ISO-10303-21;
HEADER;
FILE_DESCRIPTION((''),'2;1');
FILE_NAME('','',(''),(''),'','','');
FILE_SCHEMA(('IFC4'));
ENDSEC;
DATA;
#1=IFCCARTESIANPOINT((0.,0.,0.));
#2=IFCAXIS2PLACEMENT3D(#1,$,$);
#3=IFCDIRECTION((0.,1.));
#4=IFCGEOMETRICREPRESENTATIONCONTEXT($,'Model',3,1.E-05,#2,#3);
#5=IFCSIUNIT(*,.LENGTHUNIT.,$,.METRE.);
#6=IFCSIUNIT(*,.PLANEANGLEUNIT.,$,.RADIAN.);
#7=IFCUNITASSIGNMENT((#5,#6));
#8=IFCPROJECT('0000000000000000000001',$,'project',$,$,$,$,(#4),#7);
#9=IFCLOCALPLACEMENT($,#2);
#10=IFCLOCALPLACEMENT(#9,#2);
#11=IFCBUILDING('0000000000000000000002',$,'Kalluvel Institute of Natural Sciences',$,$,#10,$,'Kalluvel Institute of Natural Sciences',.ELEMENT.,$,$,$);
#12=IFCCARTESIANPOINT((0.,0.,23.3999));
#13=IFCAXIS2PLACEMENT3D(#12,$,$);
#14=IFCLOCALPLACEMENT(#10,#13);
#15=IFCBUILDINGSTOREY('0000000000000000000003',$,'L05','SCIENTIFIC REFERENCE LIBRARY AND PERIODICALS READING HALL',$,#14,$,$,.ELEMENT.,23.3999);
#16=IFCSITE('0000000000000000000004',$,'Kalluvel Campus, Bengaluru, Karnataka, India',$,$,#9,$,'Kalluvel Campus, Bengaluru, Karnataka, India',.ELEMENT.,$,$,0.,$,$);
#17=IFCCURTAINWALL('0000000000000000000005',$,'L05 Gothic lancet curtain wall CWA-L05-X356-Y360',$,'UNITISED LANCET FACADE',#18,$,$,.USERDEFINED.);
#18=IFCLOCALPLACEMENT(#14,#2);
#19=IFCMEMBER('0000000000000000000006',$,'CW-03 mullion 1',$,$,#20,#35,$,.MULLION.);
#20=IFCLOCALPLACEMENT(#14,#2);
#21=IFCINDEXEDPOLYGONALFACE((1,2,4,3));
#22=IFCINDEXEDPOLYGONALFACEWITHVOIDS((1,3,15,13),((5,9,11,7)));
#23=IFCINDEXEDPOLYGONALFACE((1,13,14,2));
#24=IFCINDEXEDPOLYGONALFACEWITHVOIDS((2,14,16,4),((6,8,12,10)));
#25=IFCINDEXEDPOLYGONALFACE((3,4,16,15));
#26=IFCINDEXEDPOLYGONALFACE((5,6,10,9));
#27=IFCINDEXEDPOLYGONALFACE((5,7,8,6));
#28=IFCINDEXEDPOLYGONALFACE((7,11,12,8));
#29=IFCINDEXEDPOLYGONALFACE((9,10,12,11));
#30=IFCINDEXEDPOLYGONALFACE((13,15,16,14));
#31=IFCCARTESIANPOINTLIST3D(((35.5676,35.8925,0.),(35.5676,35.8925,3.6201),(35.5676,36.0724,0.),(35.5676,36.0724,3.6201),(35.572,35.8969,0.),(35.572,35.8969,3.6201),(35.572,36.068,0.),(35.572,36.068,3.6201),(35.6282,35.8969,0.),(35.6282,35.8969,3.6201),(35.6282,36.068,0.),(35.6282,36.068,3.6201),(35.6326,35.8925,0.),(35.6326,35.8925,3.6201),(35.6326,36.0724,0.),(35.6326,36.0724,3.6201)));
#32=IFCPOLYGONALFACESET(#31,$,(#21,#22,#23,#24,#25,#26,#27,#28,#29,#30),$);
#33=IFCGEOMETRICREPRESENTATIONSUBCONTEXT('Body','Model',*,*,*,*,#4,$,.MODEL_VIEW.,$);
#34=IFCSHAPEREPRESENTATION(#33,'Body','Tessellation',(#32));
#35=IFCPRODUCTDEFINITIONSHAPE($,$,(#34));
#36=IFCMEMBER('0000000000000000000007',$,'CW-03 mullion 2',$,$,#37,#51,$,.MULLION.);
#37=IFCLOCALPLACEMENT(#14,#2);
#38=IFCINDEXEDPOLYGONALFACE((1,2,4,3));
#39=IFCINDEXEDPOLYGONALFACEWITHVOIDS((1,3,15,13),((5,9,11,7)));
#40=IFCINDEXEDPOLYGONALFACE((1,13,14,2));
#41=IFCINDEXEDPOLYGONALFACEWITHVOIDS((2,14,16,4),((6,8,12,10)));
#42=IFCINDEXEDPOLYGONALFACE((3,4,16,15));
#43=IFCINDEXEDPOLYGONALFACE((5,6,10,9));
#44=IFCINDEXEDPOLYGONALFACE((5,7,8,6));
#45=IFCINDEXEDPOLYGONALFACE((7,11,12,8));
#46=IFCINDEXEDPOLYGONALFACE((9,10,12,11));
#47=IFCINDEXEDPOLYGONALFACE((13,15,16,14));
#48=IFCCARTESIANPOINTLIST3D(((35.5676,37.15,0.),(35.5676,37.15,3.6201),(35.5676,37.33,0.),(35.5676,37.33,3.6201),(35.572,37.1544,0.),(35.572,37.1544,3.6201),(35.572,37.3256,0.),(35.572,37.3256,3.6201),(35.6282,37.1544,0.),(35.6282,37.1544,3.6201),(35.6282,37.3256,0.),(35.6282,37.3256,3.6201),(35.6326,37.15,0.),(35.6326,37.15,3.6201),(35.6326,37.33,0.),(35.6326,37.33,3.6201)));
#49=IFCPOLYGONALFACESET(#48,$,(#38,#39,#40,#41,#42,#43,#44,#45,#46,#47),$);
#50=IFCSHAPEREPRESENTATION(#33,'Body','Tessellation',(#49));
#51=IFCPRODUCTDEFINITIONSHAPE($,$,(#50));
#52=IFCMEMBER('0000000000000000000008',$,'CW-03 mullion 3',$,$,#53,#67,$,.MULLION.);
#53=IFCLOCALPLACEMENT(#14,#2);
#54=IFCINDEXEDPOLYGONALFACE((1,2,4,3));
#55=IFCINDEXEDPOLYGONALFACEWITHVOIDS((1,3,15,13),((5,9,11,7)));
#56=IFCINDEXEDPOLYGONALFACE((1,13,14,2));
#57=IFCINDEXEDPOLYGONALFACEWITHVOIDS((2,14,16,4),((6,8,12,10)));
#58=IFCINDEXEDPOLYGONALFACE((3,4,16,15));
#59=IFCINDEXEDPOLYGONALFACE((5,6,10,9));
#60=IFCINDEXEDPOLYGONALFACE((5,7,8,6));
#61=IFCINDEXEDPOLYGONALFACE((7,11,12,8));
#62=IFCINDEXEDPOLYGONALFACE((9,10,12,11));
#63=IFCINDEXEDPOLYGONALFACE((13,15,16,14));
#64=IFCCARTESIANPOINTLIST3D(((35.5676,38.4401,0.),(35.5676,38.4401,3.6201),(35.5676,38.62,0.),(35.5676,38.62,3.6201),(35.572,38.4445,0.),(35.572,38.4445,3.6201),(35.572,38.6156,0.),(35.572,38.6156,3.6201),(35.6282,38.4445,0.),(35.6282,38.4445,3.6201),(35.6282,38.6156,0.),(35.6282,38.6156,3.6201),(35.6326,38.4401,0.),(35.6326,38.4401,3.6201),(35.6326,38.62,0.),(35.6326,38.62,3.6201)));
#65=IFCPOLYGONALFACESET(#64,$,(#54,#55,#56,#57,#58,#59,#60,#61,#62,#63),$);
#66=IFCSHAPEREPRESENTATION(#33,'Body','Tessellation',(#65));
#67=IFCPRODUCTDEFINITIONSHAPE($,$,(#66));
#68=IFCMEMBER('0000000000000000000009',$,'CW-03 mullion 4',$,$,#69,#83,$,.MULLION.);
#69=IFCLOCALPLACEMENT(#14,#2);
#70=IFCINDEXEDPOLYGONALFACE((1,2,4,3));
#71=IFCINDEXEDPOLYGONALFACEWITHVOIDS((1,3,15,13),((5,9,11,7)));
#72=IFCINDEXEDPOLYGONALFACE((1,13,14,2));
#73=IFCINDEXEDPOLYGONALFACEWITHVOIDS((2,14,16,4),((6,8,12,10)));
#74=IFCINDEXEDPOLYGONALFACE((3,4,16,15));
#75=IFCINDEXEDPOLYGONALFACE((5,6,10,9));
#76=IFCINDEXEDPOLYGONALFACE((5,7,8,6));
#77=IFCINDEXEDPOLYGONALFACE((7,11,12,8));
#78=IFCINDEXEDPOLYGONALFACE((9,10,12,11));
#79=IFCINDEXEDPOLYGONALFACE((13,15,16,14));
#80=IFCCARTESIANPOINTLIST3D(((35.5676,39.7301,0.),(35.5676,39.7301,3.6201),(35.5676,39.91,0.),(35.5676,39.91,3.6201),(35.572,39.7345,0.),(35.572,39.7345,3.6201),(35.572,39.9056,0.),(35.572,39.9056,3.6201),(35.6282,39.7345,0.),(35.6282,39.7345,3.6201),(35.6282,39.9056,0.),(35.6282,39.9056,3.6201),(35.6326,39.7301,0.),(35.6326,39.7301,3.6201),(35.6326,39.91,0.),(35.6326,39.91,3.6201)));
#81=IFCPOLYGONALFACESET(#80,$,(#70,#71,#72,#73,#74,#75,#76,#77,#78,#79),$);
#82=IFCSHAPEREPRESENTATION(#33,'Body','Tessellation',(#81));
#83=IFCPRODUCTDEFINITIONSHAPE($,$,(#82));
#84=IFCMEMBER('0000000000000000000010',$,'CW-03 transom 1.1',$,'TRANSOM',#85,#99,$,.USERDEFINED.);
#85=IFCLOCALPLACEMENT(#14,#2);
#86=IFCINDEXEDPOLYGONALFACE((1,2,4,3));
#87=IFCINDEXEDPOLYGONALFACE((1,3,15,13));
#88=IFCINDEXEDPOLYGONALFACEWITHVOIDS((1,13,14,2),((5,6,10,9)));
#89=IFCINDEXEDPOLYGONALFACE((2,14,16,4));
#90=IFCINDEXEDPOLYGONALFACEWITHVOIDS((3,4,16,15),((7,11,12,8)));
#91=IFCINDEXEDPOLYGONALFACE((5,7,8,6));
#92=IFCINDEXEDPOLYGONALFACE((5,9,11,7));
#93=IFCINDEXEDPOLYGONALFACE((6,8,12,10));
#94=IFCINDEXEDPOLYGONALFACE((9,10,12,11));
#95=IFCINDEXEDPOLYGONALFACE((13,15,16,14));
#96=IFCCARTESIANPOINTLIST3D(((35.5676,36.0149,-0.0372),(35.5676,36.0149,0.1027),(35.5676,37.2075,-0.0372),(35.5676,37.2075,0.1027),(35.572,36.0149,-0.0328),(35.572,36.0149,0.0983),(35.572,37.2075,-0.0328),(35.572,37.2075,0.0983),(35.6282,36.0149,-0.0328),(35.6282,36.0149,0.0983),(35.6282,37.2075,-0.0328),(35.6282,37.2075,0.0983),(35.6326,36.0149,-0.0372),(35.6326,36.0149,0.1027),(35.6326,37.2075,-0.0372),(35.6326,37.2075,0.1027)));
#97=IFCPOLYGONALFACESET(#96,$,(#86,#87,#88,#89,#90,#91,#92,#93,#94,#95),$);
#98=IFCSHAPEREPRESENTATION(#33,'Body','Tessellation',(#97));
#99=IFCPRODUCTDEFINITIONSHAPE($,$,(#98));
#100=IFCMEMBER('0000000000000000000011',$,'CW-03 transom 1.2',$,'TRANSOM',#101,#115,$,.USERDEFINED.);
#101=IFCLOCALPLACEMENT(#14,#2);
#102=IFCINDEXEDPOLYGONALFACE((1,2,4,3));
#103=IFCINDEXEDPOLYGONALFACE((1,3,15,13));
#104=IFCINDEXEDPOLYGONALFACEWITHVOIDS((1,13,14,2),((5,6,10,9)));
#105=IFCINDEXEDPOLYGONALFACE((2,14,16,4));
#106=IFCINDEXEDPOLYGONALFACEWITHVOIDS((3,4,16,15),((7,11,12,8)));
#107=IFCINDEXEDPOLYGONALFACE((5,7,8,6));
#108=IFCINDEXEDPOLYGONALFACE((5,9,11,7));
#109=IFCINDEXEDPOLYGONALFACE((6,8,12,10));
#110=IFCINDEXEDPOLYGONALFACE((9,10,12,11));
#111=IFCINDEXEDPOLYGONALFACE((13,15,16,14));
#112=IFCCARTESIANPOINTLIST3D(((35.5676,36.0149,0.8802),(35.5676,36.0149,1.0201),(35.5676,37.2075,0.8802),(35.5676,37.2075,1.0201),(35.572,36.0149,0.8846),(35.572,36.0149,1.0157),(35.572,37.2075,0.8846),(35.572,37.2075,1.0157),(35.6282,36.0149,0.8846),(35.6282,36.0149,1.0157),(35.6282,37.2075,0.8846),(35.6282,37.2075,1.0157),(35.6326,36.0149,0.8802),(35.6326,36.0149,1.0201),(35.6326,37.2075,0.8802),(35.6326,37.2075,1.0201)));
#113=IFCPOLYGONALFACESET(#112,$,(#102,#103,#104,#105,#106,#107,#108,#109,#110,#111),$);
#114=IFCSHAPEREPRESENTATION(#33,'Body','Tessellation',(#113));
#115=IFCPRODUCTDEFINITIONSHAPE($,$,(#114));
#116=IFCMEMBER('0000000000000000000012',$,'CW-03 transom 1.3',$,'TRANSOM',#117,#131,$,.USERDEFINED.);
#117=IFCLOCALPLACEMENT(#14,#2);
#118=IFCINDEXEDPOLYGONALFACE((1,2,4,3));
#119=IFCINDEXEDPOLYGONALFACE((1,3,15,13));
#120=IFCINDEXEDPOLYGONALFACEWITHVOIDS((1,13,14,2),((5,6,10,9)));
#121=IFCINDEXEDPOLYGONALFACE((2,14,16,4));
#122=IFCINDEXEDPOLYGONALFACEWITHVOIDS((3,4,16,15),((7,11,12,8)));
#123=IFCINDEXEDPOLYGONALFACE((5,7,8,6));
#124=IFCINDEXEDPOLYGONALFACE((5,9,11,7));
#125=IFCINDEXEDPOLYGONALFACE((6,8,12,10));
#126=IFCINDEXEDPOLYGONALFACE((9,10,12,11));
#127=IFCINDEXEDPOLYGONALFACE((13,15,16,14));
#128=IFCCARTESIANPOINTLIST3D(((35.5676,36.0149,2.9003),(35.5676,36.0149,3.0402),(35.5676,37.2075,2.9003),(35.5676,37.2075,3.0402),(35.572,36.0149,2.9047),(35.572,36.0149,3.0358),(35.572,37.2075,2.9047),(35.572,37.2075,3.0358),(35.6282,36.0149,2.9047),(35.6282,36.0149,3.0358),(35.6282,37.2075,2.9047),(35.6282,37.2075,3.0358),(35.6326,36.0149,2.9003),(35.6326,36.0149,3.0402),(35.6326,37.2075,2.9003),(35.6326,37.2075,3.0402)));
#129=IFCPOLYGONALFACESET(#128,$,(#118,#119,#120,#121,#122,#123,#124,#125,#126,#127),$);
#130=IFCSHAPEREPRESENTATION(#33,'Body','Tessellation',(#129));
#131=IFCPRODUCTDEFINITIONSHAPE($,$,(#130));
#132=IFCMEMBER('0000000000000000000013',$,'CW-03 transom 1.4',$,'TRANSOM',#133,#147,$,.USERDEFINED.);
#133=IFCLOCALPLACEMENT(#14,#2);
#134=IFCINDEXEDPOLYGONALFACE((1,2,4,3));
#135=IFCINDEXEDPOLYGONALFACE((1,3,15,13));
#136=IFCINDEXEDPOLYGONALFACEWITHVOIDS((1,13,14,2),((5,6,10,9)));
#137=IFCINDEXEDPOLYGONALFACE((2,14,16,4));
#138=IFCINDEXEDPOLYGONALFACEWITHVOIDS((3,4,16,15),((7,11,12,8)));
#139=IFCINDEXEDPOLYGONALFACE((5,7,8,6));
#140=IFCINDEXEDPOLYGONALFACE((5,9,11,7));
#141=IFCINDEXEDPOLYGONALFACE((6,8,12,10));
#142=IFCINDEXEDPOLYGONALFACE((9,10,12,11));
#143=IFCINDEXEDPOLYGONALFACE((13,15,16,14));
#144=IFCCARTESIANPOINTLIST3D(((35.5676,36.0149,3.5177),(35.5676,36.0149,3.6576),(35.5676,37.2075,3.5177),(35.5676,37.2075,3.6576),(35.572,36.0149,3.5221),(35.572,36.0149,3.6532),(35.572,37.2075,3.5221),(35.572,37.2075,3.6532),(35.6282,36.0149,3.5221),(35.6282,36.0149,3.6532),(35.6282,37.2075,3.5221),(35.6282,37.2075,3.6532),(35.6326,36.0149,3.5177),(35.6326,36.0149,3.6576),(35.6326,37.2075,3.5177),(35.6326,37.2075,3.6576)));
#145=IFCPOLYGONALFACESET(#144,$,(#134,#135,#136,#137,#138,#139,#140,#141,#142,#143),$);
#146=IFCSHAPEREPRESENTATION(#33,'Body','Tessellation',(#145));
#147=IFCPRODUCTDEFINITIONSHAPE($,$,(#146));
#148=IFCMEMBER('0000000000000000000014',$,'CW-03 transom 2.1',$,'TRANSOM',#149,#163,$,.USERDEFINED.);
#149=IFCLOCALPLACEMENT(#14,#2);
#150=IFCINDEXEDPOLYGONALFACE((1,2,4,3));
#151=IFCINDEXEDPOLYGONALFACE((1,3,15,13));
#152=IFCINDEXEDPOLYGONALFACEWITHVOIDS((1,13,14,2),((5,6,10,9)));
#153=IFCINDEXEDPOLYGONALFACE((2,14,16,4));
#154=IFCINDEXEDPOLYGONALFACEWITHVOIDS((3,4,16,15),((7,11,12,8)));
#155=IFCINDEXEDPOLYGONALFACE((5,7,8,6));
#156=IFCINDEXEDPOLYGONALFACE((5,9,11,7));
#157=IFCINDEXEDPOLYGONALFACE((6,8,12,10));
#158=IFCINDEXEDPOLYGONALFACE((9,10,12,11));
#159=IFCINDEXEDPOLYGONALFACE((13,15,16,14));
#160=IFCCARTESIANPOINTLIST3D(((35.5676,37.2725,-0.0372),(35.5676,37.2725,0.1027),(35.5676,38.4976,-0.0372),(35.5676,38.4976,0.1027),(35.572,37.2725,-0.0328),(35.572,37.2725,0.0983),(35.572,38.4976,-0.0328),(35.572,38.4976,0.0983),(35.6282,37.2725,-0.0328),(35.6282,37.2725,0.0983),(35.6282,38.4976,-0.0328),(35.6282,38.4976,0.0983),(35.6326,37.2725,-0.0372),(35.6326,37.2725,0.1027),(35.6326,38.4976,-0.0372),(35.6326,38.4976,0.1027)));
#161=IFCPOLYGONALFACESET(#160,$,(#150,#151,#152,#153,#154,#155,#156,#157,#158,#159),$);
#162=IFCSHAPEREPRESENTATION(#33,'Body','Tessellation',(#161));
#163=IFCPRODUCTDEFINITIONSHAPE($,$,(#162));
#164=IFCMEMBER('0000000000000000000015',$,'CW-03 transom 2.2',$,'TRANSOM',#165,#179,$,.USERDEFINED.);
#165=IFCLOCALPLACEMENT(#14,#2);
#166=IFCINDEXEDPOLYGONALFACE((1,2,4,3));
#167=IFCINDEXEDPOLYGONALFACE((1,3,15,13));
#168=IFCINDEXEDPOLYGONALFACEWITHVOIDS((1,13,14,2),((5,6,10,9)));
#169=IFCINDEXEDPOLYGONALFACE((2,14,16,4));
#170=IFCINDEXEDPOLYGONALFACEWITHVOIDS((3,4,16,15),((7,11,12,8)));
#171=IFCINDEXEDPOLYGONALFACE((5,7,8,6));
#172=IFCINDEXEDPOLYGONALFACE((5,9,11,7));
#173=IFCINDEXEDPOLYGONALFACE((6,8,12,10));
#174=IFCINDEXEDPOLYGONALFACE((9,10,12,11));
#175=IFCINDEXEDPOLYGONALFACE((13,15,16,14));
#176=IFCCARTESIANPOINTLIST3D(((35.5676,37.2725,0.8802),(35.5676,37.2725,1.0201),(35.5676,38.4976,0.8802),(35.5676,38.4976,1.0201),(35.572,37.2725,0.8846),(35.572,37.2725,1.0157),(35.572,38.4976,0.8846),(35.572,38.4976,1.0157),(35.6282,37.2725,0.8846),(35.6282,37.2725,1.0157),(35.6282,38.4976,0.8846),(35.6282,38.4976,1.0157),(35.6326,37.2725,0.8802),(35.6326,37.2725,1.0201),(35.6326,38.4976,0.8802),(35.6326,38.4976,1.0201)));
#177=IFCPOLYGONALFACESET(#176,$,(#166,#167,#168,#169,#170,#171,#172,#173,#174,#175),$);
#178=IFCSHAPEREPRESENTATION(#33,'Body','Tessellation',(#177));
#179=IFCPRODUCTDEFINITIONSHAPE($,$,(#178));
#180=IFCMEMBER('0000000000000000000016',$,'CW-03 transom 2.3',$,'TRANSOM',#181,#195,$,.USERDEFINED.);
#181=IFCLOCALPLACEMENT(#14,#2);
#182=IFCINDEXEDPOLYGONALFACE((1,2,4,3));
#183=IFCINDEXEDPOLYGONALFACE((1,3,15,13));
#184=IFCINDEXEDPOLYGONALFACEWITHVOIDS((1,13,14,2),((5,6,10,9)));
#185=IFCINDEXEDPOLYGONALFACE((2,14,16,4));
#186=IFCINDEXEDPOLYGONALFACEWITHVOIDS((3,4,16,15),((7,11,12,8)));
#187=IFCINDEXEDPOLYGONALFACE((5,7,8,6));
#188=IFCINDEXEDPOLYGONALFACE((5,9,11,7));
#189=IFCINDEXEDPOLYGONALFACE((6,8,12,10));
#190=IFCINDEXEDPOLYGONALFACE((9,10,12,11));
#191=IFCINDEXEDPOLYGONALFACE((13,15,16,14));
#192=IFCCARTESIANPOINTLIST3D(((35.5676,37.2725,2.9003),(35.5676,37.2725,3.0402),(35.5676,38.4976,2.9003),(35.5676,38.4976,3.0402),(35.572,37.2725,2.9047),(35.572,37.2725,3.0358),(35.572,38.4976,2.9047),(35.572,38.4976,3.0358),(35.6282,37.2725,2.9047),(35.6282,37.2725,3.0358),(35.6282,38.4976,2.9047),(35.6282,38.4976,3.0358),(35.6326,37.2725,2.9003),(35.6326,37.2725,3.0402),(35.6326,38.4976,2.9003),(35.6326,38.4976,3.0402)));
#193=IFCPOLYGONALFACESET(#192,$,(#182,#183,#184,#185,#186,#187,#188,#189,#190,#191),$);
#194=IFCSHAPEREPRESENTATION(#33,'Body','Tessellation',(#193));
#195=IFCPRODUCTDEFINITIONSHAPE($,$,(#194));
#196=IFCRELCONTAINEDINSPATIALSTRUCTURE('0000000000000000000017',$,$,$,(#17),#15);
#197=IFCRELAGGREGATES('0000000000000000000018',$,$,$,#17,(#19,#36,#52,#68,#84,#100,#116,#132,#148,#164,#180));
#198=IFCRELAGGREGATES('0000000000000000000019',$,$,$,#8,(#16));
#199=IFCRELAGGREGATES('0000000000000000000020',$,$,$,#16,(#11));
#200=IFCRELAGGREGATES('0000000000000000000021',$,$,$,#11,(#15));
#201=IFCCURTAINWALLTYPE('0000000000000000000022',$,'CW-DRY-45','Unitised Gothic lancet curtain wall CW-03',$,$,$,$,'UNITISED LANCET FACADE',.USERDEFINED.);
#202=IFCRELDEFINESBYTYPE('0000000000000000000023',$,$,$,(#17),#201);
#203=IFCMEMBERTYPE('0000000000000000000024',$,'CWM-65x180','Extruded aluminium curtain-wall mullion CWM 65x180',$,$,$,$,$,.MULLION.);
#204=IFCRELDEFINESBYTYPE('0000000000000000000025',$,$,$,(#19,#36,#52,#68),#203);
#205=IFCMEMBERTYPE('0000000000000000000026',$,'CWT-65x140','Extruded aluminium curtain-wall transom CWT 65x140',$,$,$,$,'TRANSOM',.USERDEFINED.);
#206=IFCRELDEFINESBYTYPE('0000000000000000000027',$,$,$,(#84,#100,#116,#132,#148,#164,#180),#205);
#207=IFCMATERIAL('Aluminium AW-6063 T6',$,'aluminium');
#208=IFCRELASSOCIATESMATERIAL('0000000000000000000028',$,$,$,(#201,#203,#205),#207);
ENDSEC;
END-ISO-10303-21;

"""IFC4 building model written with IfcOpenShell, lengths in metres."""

from ifc_helpers import new_model, si_unit, direction, frame, origin, origin_2d, place, context, subcontext, project, spatial, hollow_rectangle, extrude, material, material_profile, profile_set, type_object, element, aggregate, save


model = new_model("IFC4")

# Units and contexts
model_context = context("Model", 3, precision=1e-05, world=origin(), true_north=direction((0.0, 1.0)))
body_context = subcontext(model_context, "Body", "Model", "MODEL_VIEW")
ifc_project = project(units=[si_unit("LENGTHUNIT", "METRE"), si_unit("PLANEANGLEUNIT", "RADIAN")], contexts=[model_context])

# Site, building, storey
site_placement = place(None, origin())
site = spatial("IfcSite", under=ifc_project, at=site_placement, Name="Kalluvel Campus, Bengaluru, Karnataka, India", LongName="Kalluvel Campus, Bengaluru, Karnataka, India", CompositionType="ELEMENT", RefElevation=0.0)
building_placement = place(site_placement, origin())
building = spatial("IfcBuilding", under=site, at=building_placement, Name="Kalluvel Institute of Natural Sciences", LongName="Kalluvel Institute of Natural Sciences", CompositionType="ELEMENT")
storey_placement = place(building_placement, frame((0.0, 0.0, 23.3999)))
storey = spatial("IfcBuildingStorey", under=building, at=storey_placement, Name="L05", Description="SCIENTIFIC REFERENCE LIBRARY AND PERIODICALS READING HALL", CompositionType="ELEMENT", Elevation=23.3999)

# Curtain wall, members
ifc_material_1 = material(Name="Aluminium AW-6063 T6", Category="aluminium")
curtain_wall_type = type_object("IfcCurtainWallType", Name="CW-DRY-45", Description="Unitised Gothic lancet curtain wall CW-03", ElementType="UNITISED LANCET FACADE", PredefinedType="USERDEFINED", material=ifc_material_1)
curtain_wall_placement = place(storey_placement, origin())
curtain_wall = element("IfcCurtainWall", 1, at=curtain_wall_placement, inside=storey, type_object=curtain_wall_type, Name="L05 Gothic lancet curtain wall CWA-L05-X356-Y360", ObjectType="UNITISED LANCET FACADE", PredefinedType="USERDEFINED")
ifc_material_profile_1 = material_profile(ifc_material_1, hollow_rectangle(XDim=0.0649, YDim=0.1799, WallThickness=0.0044, at=origin_2d()), Name="CWM 65x180")
ifc_profile_set_1 = profile_set([ifc_material_profile_1], Name="Aluminium AW-6063 T6")
member_type_1 = type_object("IfcMemberType", Name="CWM-65x180", Description="Extruded aluminium curtain-wall mullion CWM 65x180", PredefinedType="MULLION", material=ifc_profile_set_1)
member_1_placement = place(storey_placement, frame((35.6001, 35.9824, 0.0), z_axis=(0.0, 0.0, 1.0), x_axis=(-1.0, 0.0, 0.0)))
member_1 = element("IfcMember", 2, at=member_1_placement, type_object=member_type_1, Name="CW-03 mullion 1", PredefinedType="MULLION", context=body_context, shape_type="SweptSolid", body=[
    extrude(hollow_rectangle(XDim=0.0649, YDim=0.1799, WallThickness=0.0044, at=origin_2d()), origin(), (0.0, 0.0, 1.0), 3.6201),
])
member_2_placement = place(storey_placement, frame((35.6001, 37.24, 0.0), z_axis=(0.0, 0.0, 1.0), x_axis=(-1.0, 0.0, 0.0)))
member_2 = element("IfcMember", 3, at=member_2_placement, type_object=member_type_1, Name="CW-03 mullion 2", PredefinedType="MULLION", context=body_context, shape_type="SweptSolid", body=[
    extrude(hollow_rectangle(XDim=0.0649, YDim=0.1799, WallThickness=0.0044, at=origin_2d()), origin(), (0.0, 0.0, 1.0), 3.6201),
])
member_3_placement = place(storey_placement, frame((35.6001, 38.53, 0.0), z_axis=(0.0, 0.0, 1.0), x_axis=(-1.0, 0.0, 0.0)))
member_3 = element("IfcMember", 4, at=member_3_placement, type_object=member_type_1, Name="CW-03 mullion 3", PredefinedType="MULLION", context=body_context, shape_type="SweptSolid", body=[
    extrude(hollow_rectangle(XDim=0.0649, YDim=0.1799, WallThickness=0.0044, at=origin_2d()), origin(), (0.0, 0.0, 1.0), 3.6201),
])
member_4_placement = place(storey_placement, frame((35.6001, 39.8201, 0.0), z_axis=(0.0, 0.0, 1.0), x_axis=(-1.0, 0.0, 0.0)))
member_4 = element("IfcMember", 5, at=member_4_placement, type_object=member_type_1, Name="CW-03 mullion 4", PredefinedType="MULLION", context=body_context, shape_type="SweptSolid", body=[
    extrude(hollow_rectangle(XDim=0.0649, YDim=0.1799, WallThickness=0.0044, at=origin_2d()), origin(), (0.0, 0.0, 1.0), 3.6201),
])
ifc_material_profile_2 = material_profile(ifc_material_1, hollow_rectangle(XDim=0.0649, YDim=0.1399, WallThickness=0.0044, at=origin_2d()), Name="CWT 65x140")
ifc_profile_set_2 = profile_set([ifc_material_profile_2], Name="Aluminium AW-6063 T6")
member_type_2 = type_object("IfcMemberType", Name="CWT-65x140", Description="Extruded aluminium curtain-wall transom CWT 65x140", ElementType="TRANSOM", PredefinedType="USERDEFINED", material=ifc_profile_set_2)
member_5_placement = place(storey_placement, frame((35.6001, 36.0149, 0.0327), z_axis=(0.0, 1.0, 0.0), x_axis=(-1.0, 0.0, 0.0)))
member_5 = element("IfcMember", 6, at=member_5_placement, type_object=member_type_2, Name="CW-03 transom 1.1", ObjectType="TRANSOM", PredefinedType="USERDEFINED", context=body_context, shape_type="SweptSolid", body=[
    extrude(hollow_rectangle(XDim=0.0649, YDim=0.1399, WallThickness=0.0044, at=origin_2d()), origin(), (0.0, 0.0, 1.0), 1.1926),
])
member_6_placement = place(storey_placement, frame((35.6001, 36.0149, 0.9502), z_axis=(0.0, 1.0, 0.0), x_axis=(-1.0, 0.0, 0.0)))
member_6 = element("IfcMember", 7, at=member_6_placement, type_object=member_type_2, Name="CW-03 transom 1.2", ObjectType="TRANSOM", PredefinedType="USERDEFINED", context=body_context, shape_type="SweptSolid", body=[
    extrude(hollow_rectangle(XDim=0.0649, YDim=0.1399, WallThickness=0.0044, at=origin_2d()), origin(), (0.0, 0.0, 1.0), 1.1926),
])
member_7_placement = place(storey_placement, frame((35.6001, 36.0149, 2.9702), z_axis=(0.0, 1.0, 0.0), x_axis=(-1.0, 0.0, 0.0)))
member_7 = element("IfcMember", 8, at=member_7_placement, type_object=member_type_2, Name="CW-03 transom 1.3", ObjectType="TRANSOM", PredefinedType="USERDEFINED", context=body_context, shape_type="SweptSolid", body=[
    extrude(hollow_rectangle(XDim=0.0649, YDim=0.1399, WallThickness=0.0044, at=origin_2d()), origin(), (0.0, 0.0, 1.0), 1.1926),
])
member_8_placement = place(storey_placement, frame((35.6001, 36.0149, 3.5876), z_axis=(0.0, 1.0, 0.0), x_axis=(-1.0, 0.0, 0.0)))
member_8 = element("IfcMember", 9, at=member_8_placement, type_object=member_type_2, Name="CW-03 transom 1.4", ObjectType="TRANSOM", PredefinedType="USERDEFINED", context=body_context, shape_type="SweptSolid", body=[
    extrude(hollow_rectangle(XDim=0.0649, YDim=0.1399, WallThickness=0.0044, at=origin_2d()), origin(), (0.0, 0.0, 1.0), 1.1926),
])
member_9_placement = place(storey_placement, frame((35.6001, 37.2725, 0.0327), z_axis=(0.0, 1.0, 0.0), x_axis=(-1.0, 0.0, 0.0)))
member_9 = element("IfcMember", 10, at=member_9_placement, type_object=member_type_2, Name="CW-03 transom 2.1", ObjectType="TRANSOM", PredefinedType="USERDEFINED", context=body_context, shape_type="SweptSolid", body=[
    extrude(hollow_rectangle(XDim=0.0649, YDim=0.1399, WallThickness=0.0044, at=origin_2d()), origin(), (0.0, 0.0, 1.0), 1.2251),
])
member_10_placement = place(storey_placement, frame((35.6001, 37.2725, 0.9502), z_axis=(0.0, 1.0, 0.0), x_axis=(-1.0, 0.0, 0.0)))
member_10 = element("IfcMember", 11, at=member_10_placement, type_object=member_type_2, Name="CW-03 transom 2.2", ObjectType="TRANSOM", PredefinedType="USERDEFINED", context=body_context, shape_type="SweptSolid", body=[
    extrude(hollow_rectangle(XDim=0.0649, YDim=0.1399, WallThickness=0.0044, at=origin_2d()), origin(), (0.0, 0.0, 1.0), 1.2251),
])
member_11_placement = place(storey_placement, frame((35.6001, 37.2725, 2.9702), z_axis=(0.0, 1.0, 0.0), x_axis=(-1.0, 0.0, 0.0)))
member_11 = element("IfcMember", 12, at=member_11_placement, type_object=member_type_2, Name="CW-03 transom 2.3", ObjectType="TRANSOM", PredefinedType="USERDEFINED", context=body_context, shape_type="SweptSolid", body=[
    extrude(hollow_rectangle(XDim=0.0649, YDim=0.1399, WallThickness=0.0044, at=origin_2d()), origin(), (0.0, 0.0, 1.0), 1.2251),
])
aggregate(curtain_wall, [member_1, member_2, member_3, member_4, member_5, member_6, member_7, member_8, member_9, member_10, member_11])

save(model, "model.ifc")
